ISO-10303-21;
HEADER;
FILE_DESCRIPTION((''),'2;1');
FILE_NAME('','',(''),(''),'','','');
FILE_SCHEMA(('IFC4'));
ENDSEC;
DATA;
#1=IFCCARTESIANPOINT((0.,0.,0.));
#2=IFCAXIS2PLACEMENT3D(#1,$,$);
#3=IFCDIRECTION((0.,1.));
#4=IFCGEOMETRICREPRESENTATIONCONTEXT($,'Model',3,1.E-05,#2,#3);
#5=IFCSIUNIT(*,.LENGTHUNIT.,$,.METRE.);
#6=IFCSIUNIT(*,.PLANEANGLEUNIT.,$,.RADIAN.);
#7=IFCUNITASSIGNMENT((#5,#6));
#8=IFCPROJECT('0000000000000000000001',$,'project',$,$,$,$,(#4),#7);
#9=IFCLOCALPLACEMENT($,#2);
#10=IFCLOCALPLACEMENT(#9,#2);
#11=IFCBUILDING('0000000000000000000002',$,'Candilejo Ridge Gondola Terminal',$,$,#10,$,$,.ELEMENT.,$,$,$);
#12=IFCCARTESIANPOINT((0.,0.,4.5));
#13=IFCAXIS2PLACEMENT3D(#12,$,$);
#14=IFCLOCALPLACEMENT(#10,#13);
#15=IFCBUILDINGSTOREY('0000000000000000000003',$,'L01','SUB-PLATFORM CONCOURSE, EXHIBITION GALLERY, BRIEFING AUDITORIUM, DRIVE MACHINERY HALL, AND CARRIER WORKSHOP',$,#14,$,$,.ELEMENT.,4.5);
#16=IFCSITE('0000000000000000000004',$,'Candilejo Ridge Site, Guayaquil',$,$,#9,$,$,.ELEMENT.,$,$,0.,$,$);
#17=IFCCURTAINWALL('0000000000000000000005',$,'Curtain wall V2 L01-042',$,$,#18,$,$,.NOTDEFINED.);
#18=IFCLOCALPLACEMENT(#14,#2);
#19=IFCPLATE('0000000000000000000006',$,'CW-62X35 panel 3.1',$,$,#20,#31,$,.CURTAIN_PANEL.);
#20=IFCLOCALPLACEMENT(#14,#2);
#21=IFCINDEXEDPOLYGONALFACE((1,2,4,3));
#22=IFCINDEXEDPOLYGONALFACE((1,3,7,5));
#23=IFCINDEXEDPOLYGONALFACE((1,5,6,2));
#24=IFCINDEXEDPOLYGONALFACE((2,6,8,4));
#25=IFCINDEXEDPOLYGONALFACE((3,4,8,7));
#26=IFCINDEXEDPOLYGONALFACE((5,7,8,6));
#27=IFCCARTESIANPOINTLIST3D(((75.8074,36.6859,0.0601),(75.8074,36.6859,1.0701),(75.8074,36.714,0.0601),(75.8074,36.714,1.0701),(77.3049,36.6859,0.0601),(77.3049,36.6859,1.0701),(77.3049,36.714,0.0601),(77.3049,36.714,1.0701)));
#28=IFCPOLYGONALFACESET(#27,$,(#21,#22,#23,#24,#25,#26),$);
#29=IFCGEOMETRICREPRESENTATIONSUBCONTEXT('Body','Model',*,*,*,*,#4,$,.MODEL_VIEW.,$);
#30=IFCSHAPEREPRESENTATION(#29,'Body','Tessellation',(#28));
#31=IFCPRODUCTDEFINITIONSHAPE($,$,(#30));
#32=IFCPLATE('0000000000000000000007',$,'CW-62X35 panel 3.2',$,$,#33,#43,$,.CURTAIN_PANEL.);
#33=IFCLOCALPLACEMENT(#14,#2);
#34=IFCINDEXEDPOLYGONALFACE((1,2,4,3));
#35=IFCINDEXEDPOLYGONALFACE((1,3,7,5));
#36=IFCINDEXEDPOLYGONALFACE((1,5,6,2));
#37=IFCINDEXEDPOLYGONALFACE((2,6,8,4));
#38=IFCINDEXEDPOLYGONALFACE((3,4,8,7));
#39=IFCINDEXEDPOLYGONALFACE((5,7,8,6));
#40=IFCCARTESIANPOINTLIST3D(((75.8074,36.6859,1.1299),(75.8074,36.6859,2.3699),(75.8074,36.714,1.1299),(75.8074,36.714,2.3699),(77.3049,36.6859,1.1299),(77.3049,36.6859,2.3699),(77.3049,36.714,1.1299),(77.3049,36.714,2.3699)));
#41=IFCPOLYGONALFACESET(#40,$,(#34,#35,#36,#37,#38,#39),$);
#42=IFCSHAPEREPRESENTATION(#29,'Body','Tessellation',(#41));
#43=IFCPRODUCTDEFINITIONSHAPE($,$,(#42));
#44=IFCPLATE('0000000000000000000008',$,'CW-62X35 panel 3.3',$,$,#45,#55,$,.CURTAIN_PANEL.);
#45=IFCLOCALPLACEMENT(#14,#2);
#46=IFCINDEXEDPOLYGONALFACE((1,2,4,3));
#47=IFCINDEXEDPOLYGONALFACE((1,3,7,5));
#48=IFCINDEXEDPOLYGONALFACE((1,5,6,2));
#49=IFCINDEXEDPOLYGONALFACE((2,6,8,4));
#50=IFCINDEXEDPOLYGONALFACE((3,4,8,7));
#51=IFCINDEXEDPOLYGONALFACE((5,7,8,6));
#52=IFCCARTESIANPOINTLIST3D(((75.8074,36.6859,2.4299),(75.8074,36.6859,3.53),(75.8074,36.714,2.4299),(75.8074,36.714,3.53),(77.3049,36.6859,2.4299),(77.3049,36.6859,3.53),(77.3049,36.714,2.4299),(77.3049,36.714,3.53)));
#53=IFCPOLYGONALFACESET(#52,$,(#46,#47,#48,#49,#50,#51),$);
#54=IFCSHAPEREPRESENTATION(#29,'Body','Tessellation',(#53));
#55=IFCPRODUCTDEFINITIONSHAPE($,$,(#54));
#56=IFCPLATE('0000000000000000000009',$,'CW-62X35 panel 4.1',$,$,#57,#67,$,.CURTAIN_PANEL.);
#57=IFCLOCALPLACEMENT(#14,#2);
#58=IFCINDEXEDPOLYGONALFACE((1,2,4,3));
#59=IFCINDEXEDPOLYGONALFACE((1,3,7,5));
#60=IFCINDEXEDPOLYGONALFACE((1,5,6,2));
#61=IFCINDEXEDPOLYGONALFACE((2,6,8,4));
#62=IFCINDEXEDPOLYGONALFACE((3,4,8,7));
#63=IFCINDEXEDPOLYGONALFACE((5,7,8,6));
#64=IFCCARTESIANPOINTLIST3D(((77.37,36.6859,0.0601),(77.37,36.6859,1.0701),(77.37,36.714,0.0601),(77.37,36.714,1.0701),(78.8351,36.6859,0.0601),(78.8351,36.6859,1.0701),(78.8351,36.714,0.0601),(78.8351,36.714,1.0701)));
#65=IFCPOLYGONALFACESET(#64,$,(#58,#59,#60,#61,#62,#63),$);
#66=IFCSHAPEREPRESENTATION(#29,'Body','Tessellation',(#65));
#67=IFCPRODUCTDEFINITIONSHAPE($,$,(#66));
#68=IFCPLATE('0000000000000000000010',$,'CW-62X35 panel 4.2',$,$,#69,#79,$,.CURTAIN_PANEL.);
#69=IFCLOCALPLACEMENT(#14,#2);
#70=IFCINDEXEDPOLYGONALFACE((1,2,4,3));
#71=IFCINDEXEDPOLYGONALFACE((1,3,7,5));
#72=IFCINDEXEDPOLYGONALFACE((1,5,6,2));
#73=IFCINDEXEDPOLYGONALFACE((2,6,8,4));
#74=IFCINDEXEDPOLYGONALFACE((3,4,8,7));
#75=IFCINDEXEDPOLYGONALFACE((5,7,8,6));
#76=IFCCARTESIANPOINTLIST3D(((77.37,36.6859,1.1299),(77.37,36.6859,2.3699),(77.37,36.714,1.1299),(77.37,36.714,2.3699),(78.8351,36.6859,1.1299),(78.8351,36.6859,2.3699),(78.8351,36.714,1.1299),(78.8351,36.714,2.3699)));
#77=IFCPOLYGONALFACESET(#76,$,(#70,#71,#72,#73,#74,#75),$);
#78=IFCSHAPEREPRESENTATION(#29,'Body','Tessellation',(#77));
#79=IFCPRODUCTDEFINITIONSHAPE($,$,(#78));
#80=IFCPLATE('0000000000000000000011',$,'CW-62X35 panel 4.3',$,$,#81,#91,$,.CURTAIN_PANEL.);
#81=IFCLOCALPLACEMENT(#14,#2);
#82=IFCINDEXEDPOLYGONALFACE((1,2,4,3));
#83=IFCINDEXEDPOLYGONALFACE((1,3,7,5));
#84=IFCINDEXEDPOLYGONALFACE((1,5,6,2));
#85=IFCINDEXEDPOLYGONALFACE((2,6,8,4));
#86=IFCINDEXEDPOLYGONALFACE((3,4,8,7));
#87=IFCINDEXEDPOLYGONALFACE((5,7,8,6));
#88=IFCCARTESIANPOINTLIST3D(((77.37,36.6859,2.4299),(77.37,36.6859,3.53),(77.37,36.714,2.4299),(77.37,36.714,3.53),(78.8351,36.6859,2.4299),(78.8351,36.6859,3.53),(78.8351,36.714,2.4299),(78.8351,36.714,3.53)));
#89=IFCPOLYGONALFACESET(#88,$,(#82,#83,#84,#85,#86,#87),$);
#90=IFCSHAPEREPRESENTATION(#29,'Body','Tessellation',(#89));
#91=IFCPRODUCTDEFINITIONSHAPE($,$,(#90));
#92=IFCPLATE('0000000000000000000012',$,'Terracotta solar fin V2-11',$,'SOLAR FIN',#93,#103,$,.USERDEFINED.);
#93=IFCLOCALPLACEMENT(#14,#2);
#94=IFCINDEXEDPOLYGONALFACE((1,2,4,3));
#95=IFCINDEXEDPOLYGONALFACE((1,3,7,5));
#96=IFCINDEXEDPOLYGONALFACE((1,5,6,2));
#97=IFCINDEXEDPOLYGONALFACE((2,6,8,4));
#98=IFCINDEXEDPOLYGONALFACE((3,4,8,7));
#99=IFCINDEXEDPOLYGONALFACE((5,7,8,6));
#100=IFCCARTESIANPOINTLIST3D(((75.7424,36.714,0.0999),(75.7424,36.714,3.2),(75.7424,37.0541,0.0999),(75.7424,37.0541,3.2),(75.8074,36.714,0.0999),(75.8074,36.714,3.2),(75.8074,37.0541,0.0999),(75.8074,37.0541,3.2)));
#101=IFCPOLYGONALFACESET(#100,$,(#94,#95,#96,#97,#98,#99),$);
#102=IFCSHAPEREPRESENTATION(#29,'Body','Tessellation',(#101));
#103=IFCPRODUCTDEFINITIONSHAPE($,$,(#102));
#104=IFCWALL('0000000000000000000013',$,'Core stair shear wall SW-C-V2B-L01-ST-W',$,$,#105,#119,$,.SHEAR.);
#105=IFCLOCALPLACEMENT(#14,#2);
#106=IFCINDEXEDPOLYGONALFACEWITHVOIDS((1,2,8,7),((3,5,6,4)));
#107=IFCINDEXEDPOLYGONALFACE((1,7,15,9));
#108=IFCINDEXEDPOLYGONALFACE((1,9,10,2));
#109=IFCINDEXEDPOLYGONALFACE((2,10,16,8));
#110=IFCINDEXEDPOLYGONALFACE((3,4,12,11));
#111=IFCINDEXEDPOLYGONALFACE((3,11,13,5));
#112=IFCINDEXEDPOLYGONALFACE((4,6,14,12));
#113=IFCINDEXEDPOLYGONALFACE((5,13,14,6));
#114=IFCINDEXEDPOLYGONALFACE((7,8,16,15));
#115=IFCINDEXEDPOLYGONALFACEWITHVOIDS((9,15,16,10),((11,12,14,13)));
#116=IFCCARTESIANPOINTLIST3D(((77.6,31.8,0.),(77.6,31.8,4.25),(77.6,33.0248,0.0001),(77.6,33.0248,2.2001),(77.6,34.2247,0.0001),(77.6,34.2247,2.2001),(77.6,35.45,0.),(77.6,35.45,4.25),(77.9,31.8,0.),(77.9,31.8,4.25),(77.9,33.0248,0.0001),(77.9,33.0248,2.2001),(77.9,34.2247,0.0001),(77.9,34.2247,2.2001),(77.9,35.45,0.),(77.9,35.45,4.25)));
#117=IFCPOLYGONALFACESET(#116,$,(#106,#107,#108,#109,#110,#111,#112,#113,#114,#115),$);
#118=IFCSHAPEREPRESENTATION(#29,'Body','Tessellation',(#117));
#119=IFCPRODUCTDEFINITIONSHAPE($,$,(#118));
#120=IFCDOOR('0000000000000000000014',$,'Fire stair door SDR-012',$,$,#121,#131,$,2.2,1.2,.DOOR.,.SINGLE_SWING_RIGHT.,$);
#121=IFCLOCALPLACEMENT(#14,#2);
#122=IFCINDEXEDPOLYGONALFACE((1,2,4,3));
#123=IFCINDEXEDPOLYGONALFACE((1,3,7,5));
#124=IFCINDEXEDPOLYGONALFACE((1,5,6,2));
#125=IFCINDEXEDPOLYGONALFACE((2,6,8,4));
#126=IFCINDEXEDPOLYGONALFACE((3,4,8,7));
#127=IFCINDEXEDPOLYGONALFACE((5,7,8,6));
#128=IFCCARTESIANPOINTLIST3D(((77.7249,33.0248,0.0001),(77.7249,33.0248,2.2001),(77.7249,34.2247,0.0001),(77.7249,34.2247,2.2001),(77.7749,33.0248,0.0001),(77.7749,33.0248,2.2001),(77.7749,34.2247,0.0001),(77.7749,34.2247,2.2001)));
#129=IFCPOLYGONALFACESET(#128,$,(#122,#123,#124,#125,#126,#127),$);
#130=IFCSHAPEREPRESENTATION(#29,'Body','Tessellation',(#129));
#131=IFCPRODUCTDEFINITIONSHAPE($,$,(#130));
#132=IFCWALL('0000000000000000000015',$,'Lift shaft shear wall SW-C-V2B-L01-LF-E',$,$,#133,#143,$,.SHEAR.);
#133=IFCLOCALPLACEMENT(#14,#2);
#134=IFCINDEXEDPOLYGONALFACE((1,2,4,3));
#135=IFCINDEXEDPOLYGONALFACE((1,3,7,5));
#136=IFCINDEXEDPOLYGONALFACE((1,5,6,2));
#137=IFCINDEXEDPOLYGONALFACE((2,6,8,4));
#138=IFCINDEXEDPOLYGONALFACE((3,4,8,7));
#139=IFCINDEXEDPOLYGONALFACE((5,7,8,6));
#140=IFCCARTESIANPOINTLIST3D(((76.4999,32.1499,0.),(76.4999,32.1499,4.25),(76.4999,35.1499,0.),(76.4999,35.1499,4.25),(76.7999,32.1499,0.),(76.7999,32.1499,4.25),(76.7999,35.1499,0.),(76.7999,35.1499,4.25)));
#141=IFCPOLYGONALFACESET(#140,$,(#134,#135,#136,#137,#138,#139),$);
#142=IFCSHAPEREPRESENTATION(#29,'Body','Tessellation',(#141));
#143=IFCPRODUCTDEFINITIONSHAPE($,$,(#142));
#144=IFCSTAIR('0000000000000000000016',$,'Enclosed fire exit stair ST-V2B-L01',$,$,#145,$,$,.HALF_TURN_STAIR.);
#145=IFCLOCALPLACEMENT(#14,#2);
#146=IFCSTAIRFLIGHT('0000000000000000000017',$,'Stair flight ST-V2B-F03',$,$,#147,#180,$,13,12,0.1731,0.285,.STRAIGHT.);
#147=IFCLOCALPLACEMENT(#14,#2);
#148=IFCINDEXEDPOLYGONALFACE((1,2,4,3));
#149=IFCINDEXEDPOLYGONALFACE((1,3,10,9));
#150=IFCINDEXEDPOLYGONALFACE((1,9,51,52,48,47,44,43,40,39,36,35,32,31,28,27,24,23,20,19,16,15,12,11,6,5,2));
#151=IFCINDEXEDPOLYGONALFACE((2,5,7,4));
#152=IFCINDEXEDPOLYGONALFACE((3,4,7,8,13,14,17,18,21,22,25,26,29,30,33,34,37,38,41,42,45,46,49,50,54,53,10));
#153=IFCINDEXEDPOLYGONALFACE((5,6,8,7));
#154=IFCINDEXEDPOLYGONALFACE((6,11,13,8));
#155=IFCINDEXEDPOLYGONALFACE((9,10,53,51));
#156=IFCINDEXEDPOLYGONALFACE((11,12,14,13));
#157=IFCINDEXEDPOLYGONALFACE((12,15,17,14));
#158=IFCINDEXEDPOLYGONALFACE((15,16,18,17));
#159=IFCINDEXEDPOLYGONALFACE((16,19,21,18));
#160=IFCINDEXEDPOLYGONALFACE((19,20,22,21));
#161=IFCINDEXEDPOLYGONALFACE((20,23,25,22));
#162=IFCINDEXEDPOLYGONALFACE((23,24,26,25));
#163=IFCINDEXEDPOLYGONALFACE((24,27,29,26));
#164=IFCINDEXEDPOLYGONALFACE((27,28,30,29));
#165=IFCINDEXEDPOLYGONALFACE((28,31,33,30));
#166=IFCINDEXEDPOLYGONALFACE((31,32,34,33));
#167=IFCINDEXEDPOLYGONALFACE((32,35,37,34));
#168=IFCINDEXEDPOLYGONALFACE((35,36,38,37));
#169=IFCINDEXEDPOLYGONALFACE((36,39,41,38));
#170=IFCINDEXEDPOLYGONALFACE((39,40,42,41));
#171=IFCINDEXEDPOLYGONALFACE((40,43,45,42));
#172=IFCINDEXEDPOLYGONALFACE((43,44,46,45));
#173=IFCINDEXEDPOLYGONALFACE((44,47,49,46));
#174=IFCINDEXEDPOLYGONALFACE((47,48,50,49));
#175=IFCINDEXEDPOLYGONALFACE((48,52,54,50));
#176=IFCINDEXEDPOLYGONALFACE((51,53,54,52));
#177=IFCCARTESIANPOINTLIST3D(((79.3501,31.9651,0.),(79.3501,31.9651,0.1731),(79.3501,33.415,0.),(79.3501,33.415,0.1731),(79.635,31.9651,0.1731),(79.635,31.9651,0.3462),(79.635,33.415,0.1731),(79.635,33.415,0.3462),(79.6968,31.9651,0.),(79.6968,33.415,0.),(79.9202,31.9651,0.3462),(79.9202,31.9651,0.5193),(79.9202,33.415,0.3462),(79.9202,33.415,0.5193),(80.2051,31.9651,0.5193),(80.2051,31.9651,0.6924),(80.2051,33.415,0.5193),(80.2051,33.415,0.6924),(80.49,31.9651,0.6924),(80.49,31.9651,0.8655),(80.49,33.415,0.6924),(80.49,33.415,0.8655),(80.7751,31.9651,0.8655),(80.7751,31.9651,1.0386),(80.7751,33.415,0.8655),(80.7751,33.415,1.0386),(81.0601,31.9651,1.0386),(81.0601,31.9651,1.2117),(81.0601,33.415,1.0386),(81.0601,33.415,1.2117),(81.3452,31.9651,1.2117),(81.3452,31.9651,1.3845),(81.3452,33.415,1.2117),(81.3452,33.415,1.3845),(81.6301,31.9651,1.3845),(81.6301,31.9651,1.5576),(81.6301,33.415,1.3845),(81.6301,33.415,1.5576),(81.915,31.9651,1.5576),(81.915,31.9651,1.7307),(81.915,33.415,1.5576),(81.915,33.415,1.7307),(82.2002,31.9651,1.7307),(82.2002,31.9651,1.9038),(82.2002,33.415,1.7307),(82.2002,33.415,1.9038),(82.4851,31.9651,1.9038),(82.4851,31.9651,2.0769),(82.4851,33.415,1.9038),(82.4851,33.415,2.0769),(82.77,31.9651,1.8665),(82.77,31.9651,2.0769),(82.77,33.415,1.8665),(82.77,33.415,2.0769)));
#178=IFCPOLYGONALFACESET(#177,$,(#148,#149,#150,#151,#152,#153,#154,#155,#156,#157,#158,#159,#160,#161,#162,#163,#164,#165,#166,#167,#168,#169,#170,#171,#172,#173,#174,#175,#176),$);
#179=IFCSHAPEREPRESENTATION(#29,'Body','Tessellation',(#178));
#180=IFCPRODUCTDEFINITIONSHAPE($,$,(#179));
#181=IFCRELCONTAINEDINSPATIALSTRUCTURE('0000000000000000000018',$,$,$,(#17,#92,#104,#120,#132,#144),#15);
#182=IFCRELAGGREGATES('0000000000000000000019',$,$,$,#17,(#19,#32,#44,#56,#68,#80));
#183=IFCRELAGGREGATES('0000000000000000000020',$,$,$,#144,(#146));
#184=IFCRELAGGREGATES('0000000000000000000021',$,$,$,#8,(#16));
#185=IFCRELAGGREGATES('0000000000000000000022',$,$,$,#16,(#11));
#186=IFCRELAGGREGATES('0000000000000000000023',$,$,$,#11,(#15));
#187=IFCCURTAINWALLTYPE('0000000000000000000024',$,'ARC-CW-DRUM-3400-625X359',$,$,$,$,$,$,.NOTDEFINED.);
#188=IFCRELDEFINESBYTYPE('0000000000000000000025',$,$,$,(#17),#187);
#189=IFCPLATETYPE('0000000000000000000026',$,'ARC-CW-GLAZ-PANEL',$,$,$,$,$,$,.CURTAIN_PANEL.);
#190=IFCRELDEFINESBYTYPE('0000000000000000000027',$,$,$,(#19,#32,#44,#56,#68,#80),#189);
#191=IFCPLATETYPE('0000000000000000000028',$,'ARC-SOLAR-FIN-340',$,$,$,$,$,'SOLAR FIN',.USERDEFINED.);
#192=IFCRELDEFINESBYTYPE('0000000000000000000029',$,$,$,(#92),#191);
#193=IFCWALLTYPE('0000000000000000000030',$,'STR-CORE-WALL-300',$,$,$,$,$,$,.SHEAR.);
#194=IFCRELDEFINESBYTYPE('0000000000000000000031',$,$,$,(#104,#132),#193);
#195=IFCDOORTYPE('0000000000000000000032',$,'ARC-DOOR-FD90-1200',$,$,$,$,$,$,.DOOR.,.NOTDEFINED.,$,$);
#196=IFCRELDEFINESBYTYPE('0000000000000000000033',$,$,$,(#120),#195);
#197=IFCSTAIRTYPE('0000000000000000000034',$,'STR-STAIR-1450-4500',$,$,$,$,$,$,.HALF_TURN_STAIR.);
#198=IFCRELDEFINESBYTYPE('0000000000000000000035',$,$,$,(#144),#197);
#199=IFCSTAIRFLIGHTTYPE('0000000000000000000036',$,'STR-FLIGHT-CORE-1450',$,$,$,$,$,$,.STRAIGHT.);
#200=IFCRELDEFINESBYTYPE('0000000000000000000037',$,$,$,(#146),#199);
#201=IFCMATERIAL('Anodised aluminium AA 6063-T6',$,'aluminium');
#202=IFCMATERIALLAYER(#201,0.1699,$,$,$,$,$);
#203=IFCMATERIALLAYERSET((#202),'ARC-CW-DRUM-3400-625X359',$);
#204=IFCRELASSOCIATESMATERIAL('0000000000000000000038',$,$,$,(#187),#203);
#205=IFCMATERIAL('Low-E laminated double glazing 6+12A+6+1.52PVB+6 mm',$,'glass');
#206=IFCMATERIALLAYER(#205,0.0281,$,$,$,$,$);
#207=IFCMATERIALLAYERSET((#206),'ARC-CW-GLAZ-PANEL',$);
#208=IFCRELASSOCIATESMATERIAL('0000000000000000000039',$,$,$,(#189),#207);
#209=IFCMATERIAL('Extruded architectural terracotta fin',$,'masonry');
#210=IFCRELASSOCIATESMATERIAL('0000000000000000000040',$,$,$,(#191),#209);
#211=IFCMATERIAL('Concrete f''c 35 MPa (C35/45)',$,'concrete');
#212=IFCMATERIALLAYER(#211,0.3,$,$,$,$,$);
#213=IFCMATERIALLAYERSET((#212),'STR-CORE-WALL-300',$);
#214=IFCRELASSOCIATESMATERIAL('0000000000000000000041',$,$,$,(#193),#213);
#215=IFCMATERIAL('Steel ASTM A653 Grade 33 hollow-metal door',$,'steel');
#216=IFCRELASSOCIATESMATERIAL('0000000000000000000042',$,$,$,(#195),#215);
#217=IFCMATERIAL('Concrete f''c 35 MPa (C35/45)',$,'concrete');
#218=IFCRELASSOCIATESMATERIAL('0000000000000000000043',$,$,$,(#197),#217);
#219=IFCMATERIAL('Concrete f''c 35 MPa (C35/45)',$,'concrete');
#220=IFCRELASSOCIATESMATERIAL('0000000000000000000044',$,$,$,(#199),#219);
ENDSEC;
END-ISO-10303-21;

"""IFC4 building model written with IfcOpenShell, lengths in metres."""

from ifc_helpers import new_model, si_unit, direction, frame, frame_2d, origin, origin_2d, place, context, subcontext, project, spatial, polyline, rectangle, outline, extrude, material, layer, layer_set, type_object, element, fill, aggregate, save


model = new_model("IFC4")

# Units and contexts
model_context = context("Model", 3, precision=1e-05, world=origin(), true_north=direction((0.0, 1.0)))
body_context = subcontext(model_context, "Body", "Model", "MODEL_VIEW")
ifc_project = project(units=[si_unit("LENGTHUNIT", "METRE"), si_unit("PLANEANGLEUNIT", "RADIAN")], contexts=[model_context])

# Site, building, storey
site_placement = place(None, origin())
site = spatial("IfcSite", under=ifc_project, at=site_placement, Name="Candilejo Ridge Site, Guayaquil", CompositionType="ELEMENT", RefElevation=0.0)
building_placement = place(site_placement, origin())
building = spatial("IfcBuilding", under=site, at=building_placement, Name="Candilejo Ridge Gondola Terminal", CompositionType="ELEMENT")
storey_placement = place(building_placement, frame((0.0, 0.0, 4.5)))
storey = spatial("IfcBuildingStorey", under=building, at=storey_placement, Name="L01", Description="SUB-PLATFORM CONCOURSE, EXHIBITION GALLERY, BRIEFING AUDITORIUM, DRIVE MACHINERY HALL, AND CARRIER WORKSHOP", CompositionType="ELEMENT", Elevation=4.5)

# Curtain wall
ifc_material_1 = material(Name="Anodised aluminium AA 6063-T6", Category="aluminium")
ifc_layer_1 = layer(ifc_material_1, 0.1699)
ifc_layer_set_1 = layer_set([ifc_layer_1], Name="ARC-CW-DRUM-3400-625X359")
curtain_wall_type = type_object("IfcCurtainWallType", Name="ARC-CW-DRUM-3400-625X359", PredefinedType="NOTDEFINED", material=ifc_layer_set_1)
curtain_wall_placement = place(storey_placement, origin())
curtain_wall = element("IfcCurtainWall", 1, at=curtain_wall_placement, inside=storey, type_object=curtain_wall_type, Name="Curtain wall V2 L01-042", PredefinedType="NOTDEFINED")

# Plates
ifc_material_2 = material(Name="Low-E laminated double glazing 6+12A+6+1.52PVB+6 mm", Category="glass")
ifc_layer_2 = layer(ifc_material_2, 0.0281)
ifc_layer_set_2 = layer_set([ifc_layer_2], Name="ARC-CW-GLAZ-PANEL")
plate_type_1 = type_object("IfcPlateType", Name="ARC-CW-GLAZ-PANEL", PredefinedType="CURTAIN_PANEL", material=ifc_layer_set_2)
plate_1_placement = place(storey_placement, frame((76.5562, 36.7, 0.0601), z_axis=(0.0, 0.0, 1.0), x_axis=(1.0, 0.0, 0.0)))
plate_1 = element("IfcPlate", 2, at=plate_1_placement, type_object=plate_type_1, Name="CW-62X35 panel 3.1", PredefinedType="CURTAIN_PANEL", context=body_context, shape_type="SweptSolid", body=[
    extrude(rectangle(XDim=1.4976, YDim=0.0281, at=origin_2d()), origin(), (0.0, 0.0, 1.0), 1.01),
])
plate_2_placement = place(storey_placement, frame((76.5562, 36.7, 1.1299), z_axis=(0.0, 0.0, 1.0), x_axis=(1.0, 0.0, 0.0)))
plate_2 = element("IfcPlate", 3, at=plate_2_placement, type_object=plate_type_1, Name="CW-62X35 panel 3.2", PredefinedType="CURTAIN_PANEL", context=body_context, shape_type="SweptSolid", body=[
    extrude(rectangle(XDim=1.4976, YDim=0.0281, at=origin_2d()), origin(), (0.0, 0.0, 1.0), 1.24),
])
plate_3_placement = place(storey_placement, frame((76.5562, 36.7, 2.4299), z_axis=(0.0, 0.0, 1.0), x_axis=(1.0, 0.0, 0.0)))
plate_3 = element("IfcPlate", 4, at=plate_3_placement, type_object=plate_type_1, Name="CW-62X35 panel 3.3", PredefinedType="CURTAIN_PANEL", context=body_context, shape_type="SweptSolid", body=[
    extrude(rectangle(XDim=1.4976, YDim=0.0281, at=origin_2d()), origin(), (0.0, 0.0, 1.0), 1.1001),
])
plate_4_placement = place(storey_placement, frame((78.1025, 36.7, 0.0601), z_axis=(0.0, 0.0, 1.0), x_axis=(1.0, 0.0, 0.0)))
plate_4 = element("IfcPlate", 5, at=plate_4_placement, type_object=plate_type_1, Name="CW-62X35 panel 4.1", PredefinedType="CURTAIN_PANEL", context=body_context, shape_type="SweptSolid", body=[
    extrude(rectangle(XDim=1.4651, YDim=0.0281, at=origin_2d()), origin(), (0.0, 0.0, 1.0), 1.01),
])
plate_5_placement = place(storey_placement, frame((78.1025, 36.7, 1.1299), z_axis=(0.0, 0.0, 1.0), x_axis=(1.0, 0.0, 0.0)))
plate_5 = element("IfcPlate", 6, at=plate_5_placement, type_object=plate_type_1, Name="CW-62X35 panel 4.2", PredefinedType="CURTAIN_PANEL", context=body_context, shape_type="SweptSolid", body=[
    extrude(rectangle(XDim=1.4651, YDim=0.0281, at=origin_2d()), origin(), (0.0, 0.0, 1.0), 1.24),
])
plate_6_placement = place(storey_placement, frame((78.1025, 36.7, 2.4299), z_axis=(0.0, 0.0, 1.0), x_axis=(1.0, 0.0, 0.0)))
plate_6 = element("IfcPlate", 7, at=plate_6_placement, type_object=plate_type_1, Name="CW-62X35 panel 4.3", PredefinedType="CURTAIN_PANEL", context=body_context, shape_type="SweptSolid", body=[
    extrude(rectangle(XDim=1.4651, YDim=0.0281, at=origin_2d()), origin(), (0.0, 0.0, 1.0), 1.1001),
])
aggregate(curtain_wall, [plate_1, plate_2, plate_3, plate_4, plate_5, plate_6])
ifc_material_3 = material(Name="Extruded architectural terracotta fin", Category="masonry")
plate_type_2 = type_object("IfcPlateType", Name="ARC-SOLAR-FIN-340", ElementType="SOLAR FIN", PredefinedType="USERDEFINED", material=ifc_material_3)
plate_7_placement = place(storey_placement, frame((75.7749, 36.884, 0.0999), z_axis=(0.0, 0.0, 1.0), x_axis=(1.0, 0.0, 0.0)))
element("IfcPlate", 8, at=plate_7_placement, inside=storey, type_object=plate_type_2, Name="Terracotta solar fin V2-11", ObjectType="SOLAR FIN", PredefinedType="USERDEFINED", context=body_context, shape_type="SweptSolid", body=[
    extrude(rectangle(XDim=0.0649, YDim=0.3401, at=origin_2d()), origin(), (0.0, 0.0, 1.0), 3.1001),
])

# Wall, opening, door
ifc_material_4 = material(Name="Concrete f'c 35 MPa (C35/45)", Category="concrete")
ifc_layer_3 = layer(ifc_material_4, 0.3)
ifc_layer_set_3 = layer_set([ifc_layer_3], Name="STR-CORE-WALL-300")
wall_type = type_object("IfcWallType", Name="STR-CORE-WALL-300", PredefinedType="SHEAR", material=ifc_layer_set_3)
wall_1_placement = place(storey_placement, frame((77.75, 35.45, 0.0), z_axis=(0.0, 0.0, 1.0), x_axis=(0.0, -1.0, 0.0)))
wall_1 = element("IfcWall", 9, at=wall_1_placement, inside=storey, type_object=wall_type, Name="Core stair shear wall SW-C-V2B-L01-ST-W", PredefinedType="SHEAR", context=body_context, shape_type="SweptSolid", body=[
    extrude(rectangle(XDim=3.6499, YDim=0.3, at=frame_2d((1.825, 0.0))), origin(), (0.0, 0.0, 1.0), 4.25),
])
opening_placement = place(wall_1_placement, frame((1.2251, 0.0, 0.0)))
opening = element("IfcOpeningElement", 10, at=opening_placement, cuts=wall_1, PredefinedType="OPENING", context=body_context, shape_type="SweptSolid", body=[
    extrude(rectangle(XDim=1.2, YDim=2.2, at=frame_2d((0.6001, 1.1001))), frame((0.0, 0.1599, 0.0), z_axis=(0.0, -1.0, 0.0), x_axis=(1.0, 0.0, 0.0)), (0.0, 0.0, 1.0), 0.3201),
])
ifc_material_5 = material(Name="Steel ASTM A653 Grade 33 hollow-metal door", Category="steel")
door_type = type_object("IfcDoorType", Name="ARC-DOOR-FD90-1200", OperationType="NOTDEFINED", PredefinedType="DOOR", material=ifc_material_5)
door_placement = place(opening_placement, origin())
door = element("IfcDoor", 11, at=door_placement, inside=storey, type_object=door_type, Name="Fire stair door SDR-012", OperationType="SINGLE_SWING_RIGHT", OverallHeight=2.2, OverallWidth=1.2, PredefinedType="DOOR", context=body_context, shape_type="SweptSolid", body=[
    extrude(rectangle(XDim=1.2, YDim=2.2, at=frame_2d((0.6001, 1.1001))), frame((0.0, 0.0249, 0.0), z_axis=(0.0, -1.0, 0.0), x_axis=(1.0, 0.0, 0.0)), (0.0, 0.0, 1.0), 0.05),
])
fill(opening, door)

# Wall
wall_2_placement = place(storey_placement, frame((76.6499, 32.1499, 0.0), z_axis=(0.0, 0.0, 1.0), x_axis=(0.0, 1.0, 0.0)))
element("IfcWall", 12, at=wall_2_placement, inside=storey, type_object=wall_type, Name="Lift shaft shear wall SW-C-V2B-L01-LF-E", PredefinedType="SHEAR", context=body_context, shape_type="SweptSolid", body=[
    extrude(rectangle(XDim=3.0, YDim=0.3, at=frame_2d((1.5, 0.0))), origin(), (0.0, 0.0, 1.0), 4.25),
])

# Stair, stair flight
ifc_material_6 = material(Name="Concrete f'c 35 MPa (C35/45)", Category="concrete")
stair_type = type_object("IfcStairType", Name="STR-STAIR-1450-4500", PredefinedType="HALF_TURN_STAIR", material=ifc_material_6)
stair_placement = place(storey_placement, origin())
stair = element("IfcStair", 13, at=stair_placement, inside=storey, type_object=stair_type, Name="Enclosed fire exit stair ST-V2B-L01", PredefinedType="HALF_TURN_STAIR")
ifc_material_7 = material(Name="Concrete f'c 35 MPa (C35/45)", Category="concrete")
stair_flight_type = type_object("IfcStairFlightType", Name="STR-FLIGHT-CORE-1450", PredefinedType="STRAIGHT", material=ifc_material_7)
stair_flight_placement = place(storey_placement, frame((79.3501, 32.6899, 0.0), z_axis=(0.0, 0.0, 1.0), x_axis=(1.0, 0.0, 0.0)))
stair_flight = element("IfcStairFlight", 14, at=stair_flight_placement, type_object=stair_flight_type, Name="Stair flight ST-V2B-F03", NumberOfRisers=13, NumberOfTreads=12, PredefinedType="STRAIGHT", RiserHeight=0.1731, TreadLength=0.285, context=body_context, shape_type="SweptSolid", body=[
    extrude(outline(polyline([(0.0, 0.0), (0.0, 0.1731), (0.2849, 0.1731), (0.2849, 0.3462), (0.5701, 0.3462), (0.5701, 0.5193), (0.855, 0.5193), (0.855, 0.6924), (1.1399, 0.6924), (1.1399, 0.8655), (1.425, 0.8655), (1.425, 1.0386), (1.71, 1.0386), (1.71, 1.2117), (1.9951, 1.2117), (1.9951, 1.3845), (2.28, 1.3845), (2.28, 1.5576), (2.5649, 1.5576), (2.5649, 1.7307), (2.8501, 1.7307), (2.8501, 1.9038), (3.135, 1.9038), (3.135, 2.0769), (3.4199, 2.0769), (3.4199, 2.25), (3.4199, 1.8665), (0.3467, 0.0), (0.0, 0.0)])), frame((0.0, 0.7251, 0.0), z_axis=(0.0, -1.0, 0.0), x_axis=(1.0, 0.0, 0.0)), (0.0, 0.0, 1.0), 1.45),
])
aggregate(stair, [stair_flight])

save(model, "model.ifc")
